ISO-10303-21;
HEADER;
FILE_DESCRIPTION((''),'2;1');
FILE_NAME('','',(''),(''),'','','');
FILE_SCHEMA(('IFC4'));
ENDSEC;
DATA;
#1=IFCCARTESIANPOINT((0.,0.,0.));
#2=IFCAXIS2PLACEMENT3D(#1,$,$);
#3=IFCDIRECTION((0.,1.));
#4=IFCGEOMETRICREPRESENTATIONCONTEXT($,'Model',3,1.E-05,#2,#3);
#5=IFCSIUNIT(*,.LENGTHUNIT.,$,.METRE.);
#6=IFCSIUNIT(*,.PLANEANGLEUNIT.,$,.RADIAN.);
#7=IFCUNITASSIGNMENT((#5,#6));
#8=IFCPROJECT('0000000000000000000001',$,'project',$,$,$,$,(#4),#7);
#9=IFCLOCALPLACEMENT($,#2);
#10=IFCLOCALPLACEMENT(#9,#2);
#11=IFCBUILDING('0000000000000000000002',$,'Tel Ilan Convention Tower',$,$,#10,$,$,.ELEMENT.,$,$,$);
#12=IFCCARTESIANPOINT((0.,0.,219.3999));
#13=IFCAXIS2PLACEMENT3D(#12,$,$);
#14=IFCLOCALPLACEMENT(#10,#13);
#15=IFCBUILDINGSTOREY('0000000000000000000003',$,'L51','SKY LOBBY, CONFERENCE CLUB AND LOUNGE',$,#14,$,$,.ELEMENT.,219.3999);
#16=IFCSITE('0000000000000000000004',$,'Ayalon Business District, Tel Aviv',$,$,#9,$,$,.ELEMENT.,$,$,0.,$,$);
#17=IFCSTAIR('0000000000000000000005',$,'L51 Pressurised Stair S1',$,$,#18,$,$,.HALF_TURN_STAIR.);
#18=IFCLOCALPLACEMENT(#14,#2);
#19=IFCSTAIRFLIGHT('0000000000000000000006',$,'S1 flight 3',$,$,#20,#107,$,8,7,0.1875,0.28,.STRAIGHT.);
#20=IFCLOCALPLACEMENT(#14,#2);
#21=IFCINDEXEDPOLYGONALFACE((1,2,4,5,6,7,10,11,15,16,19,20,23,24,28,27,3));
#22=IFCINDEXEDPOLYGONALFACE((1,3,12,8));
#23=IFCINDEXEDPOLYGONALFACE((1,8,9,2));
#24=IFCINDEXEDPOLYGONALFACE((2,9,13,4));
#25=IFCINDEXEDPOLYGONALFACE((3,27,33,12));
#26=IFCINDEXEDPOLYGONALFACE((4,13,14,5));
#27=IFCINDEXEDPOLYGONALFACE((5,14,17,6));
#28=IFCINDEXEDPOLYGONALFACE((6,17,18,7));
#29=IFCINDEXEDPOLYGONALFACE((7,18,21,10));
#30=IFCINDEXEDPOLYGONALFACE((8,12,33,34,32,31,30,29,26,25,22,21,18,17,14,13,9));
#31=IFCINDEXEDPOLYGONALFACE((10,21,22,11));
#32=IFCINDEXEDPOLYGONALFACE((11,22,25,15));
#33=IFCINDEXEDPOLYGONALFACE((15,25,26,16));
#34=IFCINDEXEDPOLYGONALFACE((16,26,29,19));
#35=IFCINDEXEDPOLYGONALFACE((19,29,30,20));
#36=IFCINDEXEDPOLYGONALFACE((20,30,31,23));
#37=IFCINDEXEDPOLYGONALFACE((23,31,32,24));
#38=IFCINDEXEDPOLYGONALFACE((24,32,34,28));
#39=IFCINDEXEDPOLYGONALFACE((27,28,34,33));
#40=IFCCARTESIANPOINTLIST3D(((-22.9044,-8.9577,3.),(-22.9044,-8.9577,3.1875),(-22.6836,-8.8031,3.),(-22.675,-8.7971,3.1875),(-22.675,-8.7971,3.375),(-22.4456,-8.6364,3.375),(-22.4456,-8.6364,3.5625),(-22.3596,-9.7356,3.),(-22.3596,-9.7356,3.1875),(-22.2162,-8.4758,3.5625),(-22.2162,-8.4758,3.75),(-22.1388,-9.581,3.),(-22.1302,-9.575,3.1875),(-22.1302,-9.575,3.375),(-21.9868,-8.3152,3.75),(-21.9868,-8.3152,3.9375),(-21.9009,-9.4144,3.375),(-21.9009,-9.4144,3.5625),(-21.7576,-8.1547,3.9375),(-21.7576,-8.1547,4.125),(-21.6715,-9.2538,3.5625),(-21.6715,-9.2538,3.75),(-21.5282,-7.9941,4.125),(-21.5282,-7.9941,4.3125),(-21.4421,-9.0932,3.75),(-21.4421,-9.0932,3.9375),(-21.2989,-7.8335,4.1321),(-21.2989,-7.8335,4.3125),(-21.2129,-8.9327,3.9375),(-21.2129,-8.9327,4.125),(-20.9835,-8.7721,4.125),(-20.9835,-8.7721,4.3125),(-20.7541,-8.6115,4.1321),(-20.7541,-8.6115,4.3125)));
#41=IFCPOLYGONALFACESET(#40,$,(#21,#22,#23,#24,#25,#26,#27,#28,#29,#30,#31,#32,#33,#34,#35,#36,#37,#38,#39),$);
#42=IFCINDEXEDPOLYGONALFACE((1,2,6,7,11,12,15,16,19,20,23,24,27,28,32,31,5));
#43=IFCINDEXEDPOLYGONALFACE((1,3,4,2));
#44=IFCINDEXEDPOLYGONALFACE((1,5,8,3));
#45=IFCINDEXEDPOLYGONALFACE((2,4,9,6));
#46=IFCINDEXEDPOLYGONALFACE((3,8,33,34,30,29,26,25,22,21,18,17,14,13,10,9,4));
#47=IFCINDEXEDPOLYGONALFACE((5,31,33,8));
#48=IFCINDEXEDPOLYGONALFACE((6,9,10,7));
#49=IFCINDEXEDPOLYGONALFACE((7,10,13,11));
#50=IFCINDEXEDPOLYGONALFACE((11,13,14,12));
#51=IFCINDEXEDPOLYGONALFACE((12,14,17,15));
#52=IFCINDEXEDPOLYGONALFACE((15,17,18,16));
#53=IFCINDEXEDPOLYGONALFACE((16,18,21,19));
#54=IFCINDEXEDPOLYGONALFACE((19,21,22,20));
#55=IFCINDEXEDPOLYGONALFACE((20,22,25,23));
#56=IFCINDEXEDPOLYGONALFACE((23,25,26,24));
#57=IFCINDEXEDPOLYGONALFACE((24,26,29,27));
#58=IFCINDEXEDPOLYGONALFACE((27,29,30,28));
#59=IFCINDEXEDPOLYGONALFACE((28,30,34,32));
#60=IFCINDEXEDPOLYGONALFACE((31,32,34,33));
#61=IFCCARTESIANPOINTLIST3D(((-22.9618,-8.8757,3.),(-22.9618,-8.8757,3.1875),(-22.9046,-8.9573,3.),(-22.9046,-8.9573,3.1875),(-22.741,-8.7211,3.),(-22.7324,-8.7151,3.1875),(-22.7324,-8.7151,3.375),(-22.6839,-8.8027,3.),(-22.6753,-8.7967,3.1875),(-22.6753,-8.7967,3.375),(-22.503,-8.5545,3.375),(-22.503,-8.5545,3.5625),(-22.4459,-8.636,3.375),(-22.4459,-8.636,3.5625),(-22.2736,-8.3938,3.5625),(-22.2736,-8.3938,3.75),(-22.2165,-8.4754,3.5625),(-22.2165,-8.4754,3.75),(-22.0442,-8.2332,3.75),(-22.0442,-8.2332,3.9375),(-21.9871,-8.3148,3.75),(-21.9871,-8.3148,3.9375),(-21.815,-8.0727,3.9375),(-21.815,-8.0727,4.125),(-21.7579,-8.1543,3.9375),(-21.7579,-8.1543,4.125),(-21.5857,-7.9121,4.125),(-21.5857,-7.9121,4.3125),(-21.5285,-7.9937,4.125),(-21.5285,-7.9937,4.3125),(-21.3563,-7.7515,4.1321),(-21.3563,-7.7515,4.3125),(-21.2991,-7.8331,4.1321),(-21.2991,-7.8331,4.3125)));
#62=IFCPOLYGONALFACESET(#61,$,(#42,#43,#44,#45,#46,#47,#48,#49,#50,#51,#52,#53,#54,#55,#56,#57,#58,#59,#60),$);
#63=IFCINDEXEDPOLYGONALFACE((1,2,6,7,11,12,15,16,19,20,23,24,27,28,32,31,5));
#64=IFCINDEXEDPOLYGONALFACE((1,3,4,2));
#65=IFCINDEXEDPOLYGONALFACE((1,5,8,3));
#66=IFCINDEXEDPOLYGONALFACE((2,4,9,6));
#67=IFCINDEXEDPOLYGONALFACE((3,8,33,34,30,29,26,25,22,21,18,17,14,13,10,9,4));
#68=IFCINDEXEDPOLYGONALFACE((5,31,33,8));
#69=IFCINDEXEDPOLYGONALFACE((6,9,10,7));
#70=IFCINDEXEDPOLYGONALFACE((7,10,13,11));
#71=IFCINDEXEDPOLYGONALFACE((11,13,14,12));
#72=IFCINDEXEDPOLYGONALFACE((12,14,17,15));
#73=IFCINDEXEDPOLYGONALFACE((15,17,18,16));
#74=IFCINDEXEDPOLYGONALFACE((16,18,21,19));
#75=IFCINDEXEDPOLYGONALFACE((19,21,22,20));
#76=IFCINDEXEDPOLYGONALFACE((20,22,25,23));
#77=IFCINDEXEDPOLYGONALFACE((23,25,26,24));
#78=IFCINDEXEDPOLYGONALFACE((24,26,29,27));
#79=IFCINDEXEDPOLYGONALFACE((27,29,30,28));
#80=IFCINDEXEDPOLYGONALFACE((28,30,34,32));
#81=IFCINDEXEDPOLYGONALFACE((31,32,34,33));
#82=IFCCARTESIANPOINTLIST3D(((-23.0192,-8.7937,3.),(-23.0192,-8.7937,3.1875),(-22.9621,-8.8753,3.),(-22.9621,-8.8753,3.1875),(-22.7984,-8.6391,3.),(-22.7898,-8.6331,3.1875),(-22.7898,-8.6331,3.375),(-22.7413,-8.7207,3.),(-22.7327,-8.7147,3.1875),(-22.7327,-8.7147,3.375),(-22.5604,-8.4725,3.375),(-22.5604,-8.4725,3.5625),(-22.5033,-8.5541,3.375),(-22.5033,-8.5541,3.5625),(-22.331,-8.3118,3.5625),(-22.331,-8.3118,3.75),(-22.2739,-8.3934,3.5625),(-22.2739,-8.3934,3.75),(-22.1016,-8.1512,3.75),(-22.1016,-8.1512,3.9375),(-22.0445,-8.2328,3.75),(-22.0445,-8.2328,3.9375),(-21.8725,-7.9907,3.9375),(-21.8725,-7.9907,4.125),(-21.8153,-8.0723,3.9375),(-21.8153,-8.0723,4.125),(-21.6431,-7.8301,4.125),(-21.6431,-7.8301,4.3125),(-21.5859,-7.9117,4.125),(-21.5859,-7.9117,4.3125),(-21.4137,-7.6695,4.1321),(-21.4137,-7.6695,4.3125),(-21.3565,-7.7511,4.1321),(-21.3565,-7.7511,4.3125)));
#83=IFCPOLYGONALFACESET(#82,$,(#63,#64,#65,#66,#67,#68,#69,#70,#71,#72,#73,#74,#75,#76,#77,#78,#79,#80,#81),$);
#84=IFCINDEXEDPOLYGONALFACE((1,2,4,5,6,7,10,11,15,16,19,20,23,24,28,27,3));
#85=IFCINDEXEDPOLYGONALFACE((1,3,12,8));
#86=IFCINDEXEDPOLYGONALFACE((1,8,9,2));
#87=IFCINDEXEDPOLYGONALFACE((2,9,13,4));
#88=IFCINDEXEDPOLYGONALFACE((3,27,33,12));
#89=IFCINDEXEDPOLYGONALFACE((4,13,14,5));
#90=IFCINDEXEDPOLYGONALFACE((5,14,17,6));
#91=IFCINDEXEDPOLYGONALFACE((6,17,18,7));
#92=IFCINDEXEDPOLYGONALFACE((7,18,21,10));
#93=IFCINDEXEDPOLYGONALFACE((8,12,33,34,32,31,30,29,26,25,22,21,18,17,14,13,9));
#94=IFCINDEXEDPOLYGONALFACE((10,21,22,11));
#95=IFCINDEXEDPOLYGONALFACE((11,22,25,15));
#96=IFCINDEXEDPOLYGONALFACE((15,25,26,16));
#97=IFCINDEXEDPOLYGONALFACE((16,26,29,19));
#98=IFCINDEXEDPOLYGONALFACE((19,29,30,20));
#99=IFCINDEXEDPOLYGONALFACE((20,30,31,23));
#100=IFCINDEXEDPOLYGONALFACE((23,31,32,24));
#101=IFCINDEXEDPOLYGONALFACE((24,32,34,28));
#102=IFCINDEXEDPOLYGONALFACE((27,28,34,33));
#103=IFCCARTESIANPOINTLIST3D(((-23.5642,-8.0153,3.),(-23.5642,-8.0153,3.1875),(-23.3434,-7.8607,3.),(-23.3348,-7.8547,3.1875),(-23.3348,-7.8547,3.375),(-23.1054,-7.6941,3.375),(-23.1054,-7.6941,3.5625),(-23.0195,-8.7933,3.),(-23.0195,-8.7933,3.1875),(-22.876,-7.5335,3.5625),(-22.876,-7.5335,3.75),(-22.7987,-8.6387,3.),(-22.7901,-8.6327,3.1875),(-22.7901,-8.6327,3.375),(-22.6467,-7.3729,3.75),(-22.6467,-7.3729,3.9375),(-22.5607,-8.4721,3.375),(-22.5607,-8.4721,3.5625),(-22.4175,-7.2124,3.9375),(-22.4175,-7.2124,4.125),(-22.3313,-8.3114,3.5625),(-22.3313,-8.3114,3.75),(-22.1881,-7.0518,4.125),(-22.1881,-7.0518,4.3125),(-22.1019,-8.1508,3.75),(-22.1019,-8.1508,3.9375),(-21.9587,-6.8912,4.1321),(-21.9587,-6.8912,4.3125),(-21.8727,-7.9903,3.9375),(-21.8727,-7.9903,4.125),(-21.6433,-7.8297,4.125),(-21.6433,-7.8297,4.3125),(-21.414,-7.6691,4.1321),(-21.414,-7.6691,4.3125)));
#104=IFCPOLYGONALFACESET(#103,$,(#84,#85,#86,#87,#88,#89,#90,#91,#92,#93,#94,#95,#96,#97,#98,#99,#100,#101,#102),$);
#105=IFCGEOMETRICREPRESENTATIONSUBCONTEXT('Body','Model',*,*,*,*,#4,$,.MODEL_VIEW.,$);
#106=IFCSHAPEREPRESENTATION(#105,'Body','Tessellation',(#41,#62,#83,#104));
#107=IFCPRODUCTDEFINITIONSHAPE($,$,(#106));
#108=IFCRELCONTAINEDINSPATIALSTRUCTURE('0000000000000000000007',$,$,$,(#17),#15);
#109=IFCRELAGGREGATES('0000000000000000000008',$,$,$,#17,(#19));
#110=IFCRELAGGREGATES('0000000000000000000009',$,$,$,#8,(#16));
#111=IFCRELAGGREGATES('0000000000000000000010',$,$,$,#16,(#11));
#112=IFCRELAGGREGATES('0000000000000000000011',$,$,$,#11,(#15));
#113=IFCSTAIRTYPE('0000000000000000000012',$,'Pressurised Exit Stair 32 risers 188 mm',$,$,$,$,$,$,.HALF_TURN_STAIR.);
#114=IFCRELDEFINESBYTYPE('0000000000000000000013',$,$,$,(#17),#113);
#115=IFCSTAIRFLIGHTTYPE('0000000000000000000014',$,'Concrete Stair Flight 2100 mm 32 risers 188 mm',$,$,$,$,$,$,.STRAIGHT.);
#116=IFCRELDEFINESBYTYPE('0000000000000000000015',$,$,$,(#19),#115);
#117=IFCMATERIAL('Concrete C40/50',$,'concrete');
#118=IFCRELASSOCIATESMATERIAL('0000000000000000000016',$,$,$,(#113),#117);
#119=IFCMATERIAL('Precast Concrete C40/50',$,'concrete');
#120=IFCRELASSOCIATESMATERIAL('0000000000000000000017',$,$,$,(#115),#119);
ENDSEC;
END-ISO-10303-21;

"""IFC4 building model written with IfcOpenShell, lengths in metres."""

from ifc_helpers import new_model, si_unit, direction, frame, origin, place, context, subcontext, project, spatial, polyline, outline, extrude, material, type_object, element, aggregate, save


model = new_model("IFC4")

# Units and contexts
model_context = context("Model", 3, precision=1e-05, world=origin(), true_north=direction((0.0, 1.0)))
body_context = subcontext(model_context, "Body", "Model", "MODEL_VIEW")
ifc_project = project(units=[si_unit("LENGTHUNIT", "METRE"), si_unit("PLANEANGLEUNIT", "RADIAN")], contexts=[model_context])

# Site, building, storey
site_placement = place(None, origin())
site = spatial("IfcSite", under=ifc_project, at=site_placement, Name="Ayalon Business District, Tel Aviv", CompositionType="ELEMENT", RefElevation=0.0)
building_placement = place(site_placement, origin())
building = spatial("IfcBuilding", under=site, at=building_placement, Name="Tel Ilan Convention Tower", CompositionType="ELEMENT")
storey_placement = place(building_placement, frame((0.0, 0.0, 219.3999)))
storey = spatial("IfcBuildingStorey", under=building, at=storey_placement, Name="L51", Description="SKY LOBBY, CONFERENCE CLUB AND LOUNGE", CompositionType="ELEMENT", Elevation=219.3999)

# Stair, stair flight
ifc_material_1 = material(Name="Concrete C40/50", Category="concrete")
stair_type = type_object("IfcStairType", Name="Pressurised Exit Stair 32 risers 188 mm", PredefinedType="HALF_TURN_STAIR", material=ifc_material_1)
stair_1_placement = place(storey_placement, origin())
stair_1 = element("IfcStair", 1, at=stair_1_placement, inside=storey, type_object=stair_type, Name="L51 Pressurised Stair S1", PredefinedType="HALF_TURN_STAIR")
ifc_material_2 = material(Name="Precast Concrete C40/50", Category="concrete")
stair_flight_type = type_object("IfcStairFlightType", Name="Concrete Stair Flight 2100 mm 32 risers 188 mm", PredefinedType="STRAIGHT", material=ifc_material_2)
stair_flight_1_placement = place(storey_placement, frame((-22.9619, -8.8755, 3.0), z_axis=(0.0, 0.0, 1.0), x_axis=(0.819152, 0.573576, 0.0)))
stair_flight_1 = element("IfcStairFlight", 2, at=stair_flight_1_placement, type_object=stair_flight_type, Name="S1 flight 3", NumberOfRisers=8, NumberOfTreads=7, PredefinedType="STRAIGHT", RiserHeight=0.1875, TreadLength=0.28, context=body_context, shape_type="SweptSolid", body=[
    extrude(outline(polyline([(0.0, 0.0), (0.0, 0.1875), (0.28, 0.1875), (0.28, 0.375), (0.5601, 0.375), (0.5601, 0.5625), (0.8401, 0.5625), (0.8401, 0.75), (1.1201, 0.75), (1.1201, 0.9375), (1.3999, 0.9375), (1.3999, 1.125), (1.6799, 1.125), (1.6799, 1.3125), (1.96, 1.3125), (1.96, 1.5), (1.96, 1.1321), (0.2695, 0.0), (0.0, 0.0)])), frame((0.0, -0.1003, 0.0), z_axis=(0.0, -1.0, 0.0), x_axis=(1.0, 0.0, 0.0)), (0.0, 0.0, 1.0), 0.9497),
    extrude(outline(polyline([(0.0, 0.0), (0.0, 0.1875), (0.28, 0.1875), (0.28, 0.375), (0.5601, 0.375), (0.5601, 0.5625), (0.8401, 0.5625), (0.8401, 0.75), (1.1201, 0.75), (1.1201, 0.9375), (1.3999, 0.9375), (1.3999, 1.125), (1.6799, 1.125), (1.6799, 1.3125), (1.96, 1.3125), (1.96, 1.5), (1.96, 1.1321), (0.2695, 0.0), (0.0, 0.0)])), frame((0.0, -0.0002, 0.0), z_axis=(0.0, -1.0, 0.0), x_axis=(1.0, 0.0, 0.0)), (0.0, 0.0, 1.0), 0.0996),
    extrude(outline(polyline([(0.0, 0.0), (0.0, 0.1875), (0.28, 0.1875), (0.28, 0.375), (0.5601, 0.375), (0.5601, 0.5625), (0.8401, 0.5625), (0.8401, 0.75), (1.1201, 0.75), (1.1201, 0.9375), (1.3999, 0.9375), (1.3999, 1.125), (1.6799, 1.125), (1.6799, 1.3125), (1.96, 1.3125), (1.96, 1.5), (1.96, 1.1321), (0.2695, 0.0), (0.0, 0.0)])), frame((0.0, 0.0999, 0.0), z_axis=(0.0, -1.0, 0.0), x_axis=(1.0, 0.0, 0.0)), (0.0, 0.0, 1.0), 0.0996),
    extrude(outline(polyline([(0.0, 0.0), (0.0, 0.1875), (0.28, 0.1875), (0.28, 0.375), (0.5601, 0.375), (0.5601, 0.5625), (0.8401, 0.5625), (0.8401, 0.75), (1.1201, 0.75), (1.1201, 0.9375), (1.3999, 0.9375), (1.3999, 1.125), (1.6799, 1.125), (1.6799, 1.3125), (1.96, 1.3125), (1.96, 1.5), (1.96, 1.1321), (0.2695, 0.0), (0.0, 0.0)])), frame((0.0, 1.05, 0.0), z_axis=(0.0, -1.0, 0.0), x_axis=(1.0, 0.0, 0.0)), (0.0, 0.0, 1.0), 0.9497),
])
aggregate(stair_1, [stair_flight_1])

save(model, "model.ifc")
